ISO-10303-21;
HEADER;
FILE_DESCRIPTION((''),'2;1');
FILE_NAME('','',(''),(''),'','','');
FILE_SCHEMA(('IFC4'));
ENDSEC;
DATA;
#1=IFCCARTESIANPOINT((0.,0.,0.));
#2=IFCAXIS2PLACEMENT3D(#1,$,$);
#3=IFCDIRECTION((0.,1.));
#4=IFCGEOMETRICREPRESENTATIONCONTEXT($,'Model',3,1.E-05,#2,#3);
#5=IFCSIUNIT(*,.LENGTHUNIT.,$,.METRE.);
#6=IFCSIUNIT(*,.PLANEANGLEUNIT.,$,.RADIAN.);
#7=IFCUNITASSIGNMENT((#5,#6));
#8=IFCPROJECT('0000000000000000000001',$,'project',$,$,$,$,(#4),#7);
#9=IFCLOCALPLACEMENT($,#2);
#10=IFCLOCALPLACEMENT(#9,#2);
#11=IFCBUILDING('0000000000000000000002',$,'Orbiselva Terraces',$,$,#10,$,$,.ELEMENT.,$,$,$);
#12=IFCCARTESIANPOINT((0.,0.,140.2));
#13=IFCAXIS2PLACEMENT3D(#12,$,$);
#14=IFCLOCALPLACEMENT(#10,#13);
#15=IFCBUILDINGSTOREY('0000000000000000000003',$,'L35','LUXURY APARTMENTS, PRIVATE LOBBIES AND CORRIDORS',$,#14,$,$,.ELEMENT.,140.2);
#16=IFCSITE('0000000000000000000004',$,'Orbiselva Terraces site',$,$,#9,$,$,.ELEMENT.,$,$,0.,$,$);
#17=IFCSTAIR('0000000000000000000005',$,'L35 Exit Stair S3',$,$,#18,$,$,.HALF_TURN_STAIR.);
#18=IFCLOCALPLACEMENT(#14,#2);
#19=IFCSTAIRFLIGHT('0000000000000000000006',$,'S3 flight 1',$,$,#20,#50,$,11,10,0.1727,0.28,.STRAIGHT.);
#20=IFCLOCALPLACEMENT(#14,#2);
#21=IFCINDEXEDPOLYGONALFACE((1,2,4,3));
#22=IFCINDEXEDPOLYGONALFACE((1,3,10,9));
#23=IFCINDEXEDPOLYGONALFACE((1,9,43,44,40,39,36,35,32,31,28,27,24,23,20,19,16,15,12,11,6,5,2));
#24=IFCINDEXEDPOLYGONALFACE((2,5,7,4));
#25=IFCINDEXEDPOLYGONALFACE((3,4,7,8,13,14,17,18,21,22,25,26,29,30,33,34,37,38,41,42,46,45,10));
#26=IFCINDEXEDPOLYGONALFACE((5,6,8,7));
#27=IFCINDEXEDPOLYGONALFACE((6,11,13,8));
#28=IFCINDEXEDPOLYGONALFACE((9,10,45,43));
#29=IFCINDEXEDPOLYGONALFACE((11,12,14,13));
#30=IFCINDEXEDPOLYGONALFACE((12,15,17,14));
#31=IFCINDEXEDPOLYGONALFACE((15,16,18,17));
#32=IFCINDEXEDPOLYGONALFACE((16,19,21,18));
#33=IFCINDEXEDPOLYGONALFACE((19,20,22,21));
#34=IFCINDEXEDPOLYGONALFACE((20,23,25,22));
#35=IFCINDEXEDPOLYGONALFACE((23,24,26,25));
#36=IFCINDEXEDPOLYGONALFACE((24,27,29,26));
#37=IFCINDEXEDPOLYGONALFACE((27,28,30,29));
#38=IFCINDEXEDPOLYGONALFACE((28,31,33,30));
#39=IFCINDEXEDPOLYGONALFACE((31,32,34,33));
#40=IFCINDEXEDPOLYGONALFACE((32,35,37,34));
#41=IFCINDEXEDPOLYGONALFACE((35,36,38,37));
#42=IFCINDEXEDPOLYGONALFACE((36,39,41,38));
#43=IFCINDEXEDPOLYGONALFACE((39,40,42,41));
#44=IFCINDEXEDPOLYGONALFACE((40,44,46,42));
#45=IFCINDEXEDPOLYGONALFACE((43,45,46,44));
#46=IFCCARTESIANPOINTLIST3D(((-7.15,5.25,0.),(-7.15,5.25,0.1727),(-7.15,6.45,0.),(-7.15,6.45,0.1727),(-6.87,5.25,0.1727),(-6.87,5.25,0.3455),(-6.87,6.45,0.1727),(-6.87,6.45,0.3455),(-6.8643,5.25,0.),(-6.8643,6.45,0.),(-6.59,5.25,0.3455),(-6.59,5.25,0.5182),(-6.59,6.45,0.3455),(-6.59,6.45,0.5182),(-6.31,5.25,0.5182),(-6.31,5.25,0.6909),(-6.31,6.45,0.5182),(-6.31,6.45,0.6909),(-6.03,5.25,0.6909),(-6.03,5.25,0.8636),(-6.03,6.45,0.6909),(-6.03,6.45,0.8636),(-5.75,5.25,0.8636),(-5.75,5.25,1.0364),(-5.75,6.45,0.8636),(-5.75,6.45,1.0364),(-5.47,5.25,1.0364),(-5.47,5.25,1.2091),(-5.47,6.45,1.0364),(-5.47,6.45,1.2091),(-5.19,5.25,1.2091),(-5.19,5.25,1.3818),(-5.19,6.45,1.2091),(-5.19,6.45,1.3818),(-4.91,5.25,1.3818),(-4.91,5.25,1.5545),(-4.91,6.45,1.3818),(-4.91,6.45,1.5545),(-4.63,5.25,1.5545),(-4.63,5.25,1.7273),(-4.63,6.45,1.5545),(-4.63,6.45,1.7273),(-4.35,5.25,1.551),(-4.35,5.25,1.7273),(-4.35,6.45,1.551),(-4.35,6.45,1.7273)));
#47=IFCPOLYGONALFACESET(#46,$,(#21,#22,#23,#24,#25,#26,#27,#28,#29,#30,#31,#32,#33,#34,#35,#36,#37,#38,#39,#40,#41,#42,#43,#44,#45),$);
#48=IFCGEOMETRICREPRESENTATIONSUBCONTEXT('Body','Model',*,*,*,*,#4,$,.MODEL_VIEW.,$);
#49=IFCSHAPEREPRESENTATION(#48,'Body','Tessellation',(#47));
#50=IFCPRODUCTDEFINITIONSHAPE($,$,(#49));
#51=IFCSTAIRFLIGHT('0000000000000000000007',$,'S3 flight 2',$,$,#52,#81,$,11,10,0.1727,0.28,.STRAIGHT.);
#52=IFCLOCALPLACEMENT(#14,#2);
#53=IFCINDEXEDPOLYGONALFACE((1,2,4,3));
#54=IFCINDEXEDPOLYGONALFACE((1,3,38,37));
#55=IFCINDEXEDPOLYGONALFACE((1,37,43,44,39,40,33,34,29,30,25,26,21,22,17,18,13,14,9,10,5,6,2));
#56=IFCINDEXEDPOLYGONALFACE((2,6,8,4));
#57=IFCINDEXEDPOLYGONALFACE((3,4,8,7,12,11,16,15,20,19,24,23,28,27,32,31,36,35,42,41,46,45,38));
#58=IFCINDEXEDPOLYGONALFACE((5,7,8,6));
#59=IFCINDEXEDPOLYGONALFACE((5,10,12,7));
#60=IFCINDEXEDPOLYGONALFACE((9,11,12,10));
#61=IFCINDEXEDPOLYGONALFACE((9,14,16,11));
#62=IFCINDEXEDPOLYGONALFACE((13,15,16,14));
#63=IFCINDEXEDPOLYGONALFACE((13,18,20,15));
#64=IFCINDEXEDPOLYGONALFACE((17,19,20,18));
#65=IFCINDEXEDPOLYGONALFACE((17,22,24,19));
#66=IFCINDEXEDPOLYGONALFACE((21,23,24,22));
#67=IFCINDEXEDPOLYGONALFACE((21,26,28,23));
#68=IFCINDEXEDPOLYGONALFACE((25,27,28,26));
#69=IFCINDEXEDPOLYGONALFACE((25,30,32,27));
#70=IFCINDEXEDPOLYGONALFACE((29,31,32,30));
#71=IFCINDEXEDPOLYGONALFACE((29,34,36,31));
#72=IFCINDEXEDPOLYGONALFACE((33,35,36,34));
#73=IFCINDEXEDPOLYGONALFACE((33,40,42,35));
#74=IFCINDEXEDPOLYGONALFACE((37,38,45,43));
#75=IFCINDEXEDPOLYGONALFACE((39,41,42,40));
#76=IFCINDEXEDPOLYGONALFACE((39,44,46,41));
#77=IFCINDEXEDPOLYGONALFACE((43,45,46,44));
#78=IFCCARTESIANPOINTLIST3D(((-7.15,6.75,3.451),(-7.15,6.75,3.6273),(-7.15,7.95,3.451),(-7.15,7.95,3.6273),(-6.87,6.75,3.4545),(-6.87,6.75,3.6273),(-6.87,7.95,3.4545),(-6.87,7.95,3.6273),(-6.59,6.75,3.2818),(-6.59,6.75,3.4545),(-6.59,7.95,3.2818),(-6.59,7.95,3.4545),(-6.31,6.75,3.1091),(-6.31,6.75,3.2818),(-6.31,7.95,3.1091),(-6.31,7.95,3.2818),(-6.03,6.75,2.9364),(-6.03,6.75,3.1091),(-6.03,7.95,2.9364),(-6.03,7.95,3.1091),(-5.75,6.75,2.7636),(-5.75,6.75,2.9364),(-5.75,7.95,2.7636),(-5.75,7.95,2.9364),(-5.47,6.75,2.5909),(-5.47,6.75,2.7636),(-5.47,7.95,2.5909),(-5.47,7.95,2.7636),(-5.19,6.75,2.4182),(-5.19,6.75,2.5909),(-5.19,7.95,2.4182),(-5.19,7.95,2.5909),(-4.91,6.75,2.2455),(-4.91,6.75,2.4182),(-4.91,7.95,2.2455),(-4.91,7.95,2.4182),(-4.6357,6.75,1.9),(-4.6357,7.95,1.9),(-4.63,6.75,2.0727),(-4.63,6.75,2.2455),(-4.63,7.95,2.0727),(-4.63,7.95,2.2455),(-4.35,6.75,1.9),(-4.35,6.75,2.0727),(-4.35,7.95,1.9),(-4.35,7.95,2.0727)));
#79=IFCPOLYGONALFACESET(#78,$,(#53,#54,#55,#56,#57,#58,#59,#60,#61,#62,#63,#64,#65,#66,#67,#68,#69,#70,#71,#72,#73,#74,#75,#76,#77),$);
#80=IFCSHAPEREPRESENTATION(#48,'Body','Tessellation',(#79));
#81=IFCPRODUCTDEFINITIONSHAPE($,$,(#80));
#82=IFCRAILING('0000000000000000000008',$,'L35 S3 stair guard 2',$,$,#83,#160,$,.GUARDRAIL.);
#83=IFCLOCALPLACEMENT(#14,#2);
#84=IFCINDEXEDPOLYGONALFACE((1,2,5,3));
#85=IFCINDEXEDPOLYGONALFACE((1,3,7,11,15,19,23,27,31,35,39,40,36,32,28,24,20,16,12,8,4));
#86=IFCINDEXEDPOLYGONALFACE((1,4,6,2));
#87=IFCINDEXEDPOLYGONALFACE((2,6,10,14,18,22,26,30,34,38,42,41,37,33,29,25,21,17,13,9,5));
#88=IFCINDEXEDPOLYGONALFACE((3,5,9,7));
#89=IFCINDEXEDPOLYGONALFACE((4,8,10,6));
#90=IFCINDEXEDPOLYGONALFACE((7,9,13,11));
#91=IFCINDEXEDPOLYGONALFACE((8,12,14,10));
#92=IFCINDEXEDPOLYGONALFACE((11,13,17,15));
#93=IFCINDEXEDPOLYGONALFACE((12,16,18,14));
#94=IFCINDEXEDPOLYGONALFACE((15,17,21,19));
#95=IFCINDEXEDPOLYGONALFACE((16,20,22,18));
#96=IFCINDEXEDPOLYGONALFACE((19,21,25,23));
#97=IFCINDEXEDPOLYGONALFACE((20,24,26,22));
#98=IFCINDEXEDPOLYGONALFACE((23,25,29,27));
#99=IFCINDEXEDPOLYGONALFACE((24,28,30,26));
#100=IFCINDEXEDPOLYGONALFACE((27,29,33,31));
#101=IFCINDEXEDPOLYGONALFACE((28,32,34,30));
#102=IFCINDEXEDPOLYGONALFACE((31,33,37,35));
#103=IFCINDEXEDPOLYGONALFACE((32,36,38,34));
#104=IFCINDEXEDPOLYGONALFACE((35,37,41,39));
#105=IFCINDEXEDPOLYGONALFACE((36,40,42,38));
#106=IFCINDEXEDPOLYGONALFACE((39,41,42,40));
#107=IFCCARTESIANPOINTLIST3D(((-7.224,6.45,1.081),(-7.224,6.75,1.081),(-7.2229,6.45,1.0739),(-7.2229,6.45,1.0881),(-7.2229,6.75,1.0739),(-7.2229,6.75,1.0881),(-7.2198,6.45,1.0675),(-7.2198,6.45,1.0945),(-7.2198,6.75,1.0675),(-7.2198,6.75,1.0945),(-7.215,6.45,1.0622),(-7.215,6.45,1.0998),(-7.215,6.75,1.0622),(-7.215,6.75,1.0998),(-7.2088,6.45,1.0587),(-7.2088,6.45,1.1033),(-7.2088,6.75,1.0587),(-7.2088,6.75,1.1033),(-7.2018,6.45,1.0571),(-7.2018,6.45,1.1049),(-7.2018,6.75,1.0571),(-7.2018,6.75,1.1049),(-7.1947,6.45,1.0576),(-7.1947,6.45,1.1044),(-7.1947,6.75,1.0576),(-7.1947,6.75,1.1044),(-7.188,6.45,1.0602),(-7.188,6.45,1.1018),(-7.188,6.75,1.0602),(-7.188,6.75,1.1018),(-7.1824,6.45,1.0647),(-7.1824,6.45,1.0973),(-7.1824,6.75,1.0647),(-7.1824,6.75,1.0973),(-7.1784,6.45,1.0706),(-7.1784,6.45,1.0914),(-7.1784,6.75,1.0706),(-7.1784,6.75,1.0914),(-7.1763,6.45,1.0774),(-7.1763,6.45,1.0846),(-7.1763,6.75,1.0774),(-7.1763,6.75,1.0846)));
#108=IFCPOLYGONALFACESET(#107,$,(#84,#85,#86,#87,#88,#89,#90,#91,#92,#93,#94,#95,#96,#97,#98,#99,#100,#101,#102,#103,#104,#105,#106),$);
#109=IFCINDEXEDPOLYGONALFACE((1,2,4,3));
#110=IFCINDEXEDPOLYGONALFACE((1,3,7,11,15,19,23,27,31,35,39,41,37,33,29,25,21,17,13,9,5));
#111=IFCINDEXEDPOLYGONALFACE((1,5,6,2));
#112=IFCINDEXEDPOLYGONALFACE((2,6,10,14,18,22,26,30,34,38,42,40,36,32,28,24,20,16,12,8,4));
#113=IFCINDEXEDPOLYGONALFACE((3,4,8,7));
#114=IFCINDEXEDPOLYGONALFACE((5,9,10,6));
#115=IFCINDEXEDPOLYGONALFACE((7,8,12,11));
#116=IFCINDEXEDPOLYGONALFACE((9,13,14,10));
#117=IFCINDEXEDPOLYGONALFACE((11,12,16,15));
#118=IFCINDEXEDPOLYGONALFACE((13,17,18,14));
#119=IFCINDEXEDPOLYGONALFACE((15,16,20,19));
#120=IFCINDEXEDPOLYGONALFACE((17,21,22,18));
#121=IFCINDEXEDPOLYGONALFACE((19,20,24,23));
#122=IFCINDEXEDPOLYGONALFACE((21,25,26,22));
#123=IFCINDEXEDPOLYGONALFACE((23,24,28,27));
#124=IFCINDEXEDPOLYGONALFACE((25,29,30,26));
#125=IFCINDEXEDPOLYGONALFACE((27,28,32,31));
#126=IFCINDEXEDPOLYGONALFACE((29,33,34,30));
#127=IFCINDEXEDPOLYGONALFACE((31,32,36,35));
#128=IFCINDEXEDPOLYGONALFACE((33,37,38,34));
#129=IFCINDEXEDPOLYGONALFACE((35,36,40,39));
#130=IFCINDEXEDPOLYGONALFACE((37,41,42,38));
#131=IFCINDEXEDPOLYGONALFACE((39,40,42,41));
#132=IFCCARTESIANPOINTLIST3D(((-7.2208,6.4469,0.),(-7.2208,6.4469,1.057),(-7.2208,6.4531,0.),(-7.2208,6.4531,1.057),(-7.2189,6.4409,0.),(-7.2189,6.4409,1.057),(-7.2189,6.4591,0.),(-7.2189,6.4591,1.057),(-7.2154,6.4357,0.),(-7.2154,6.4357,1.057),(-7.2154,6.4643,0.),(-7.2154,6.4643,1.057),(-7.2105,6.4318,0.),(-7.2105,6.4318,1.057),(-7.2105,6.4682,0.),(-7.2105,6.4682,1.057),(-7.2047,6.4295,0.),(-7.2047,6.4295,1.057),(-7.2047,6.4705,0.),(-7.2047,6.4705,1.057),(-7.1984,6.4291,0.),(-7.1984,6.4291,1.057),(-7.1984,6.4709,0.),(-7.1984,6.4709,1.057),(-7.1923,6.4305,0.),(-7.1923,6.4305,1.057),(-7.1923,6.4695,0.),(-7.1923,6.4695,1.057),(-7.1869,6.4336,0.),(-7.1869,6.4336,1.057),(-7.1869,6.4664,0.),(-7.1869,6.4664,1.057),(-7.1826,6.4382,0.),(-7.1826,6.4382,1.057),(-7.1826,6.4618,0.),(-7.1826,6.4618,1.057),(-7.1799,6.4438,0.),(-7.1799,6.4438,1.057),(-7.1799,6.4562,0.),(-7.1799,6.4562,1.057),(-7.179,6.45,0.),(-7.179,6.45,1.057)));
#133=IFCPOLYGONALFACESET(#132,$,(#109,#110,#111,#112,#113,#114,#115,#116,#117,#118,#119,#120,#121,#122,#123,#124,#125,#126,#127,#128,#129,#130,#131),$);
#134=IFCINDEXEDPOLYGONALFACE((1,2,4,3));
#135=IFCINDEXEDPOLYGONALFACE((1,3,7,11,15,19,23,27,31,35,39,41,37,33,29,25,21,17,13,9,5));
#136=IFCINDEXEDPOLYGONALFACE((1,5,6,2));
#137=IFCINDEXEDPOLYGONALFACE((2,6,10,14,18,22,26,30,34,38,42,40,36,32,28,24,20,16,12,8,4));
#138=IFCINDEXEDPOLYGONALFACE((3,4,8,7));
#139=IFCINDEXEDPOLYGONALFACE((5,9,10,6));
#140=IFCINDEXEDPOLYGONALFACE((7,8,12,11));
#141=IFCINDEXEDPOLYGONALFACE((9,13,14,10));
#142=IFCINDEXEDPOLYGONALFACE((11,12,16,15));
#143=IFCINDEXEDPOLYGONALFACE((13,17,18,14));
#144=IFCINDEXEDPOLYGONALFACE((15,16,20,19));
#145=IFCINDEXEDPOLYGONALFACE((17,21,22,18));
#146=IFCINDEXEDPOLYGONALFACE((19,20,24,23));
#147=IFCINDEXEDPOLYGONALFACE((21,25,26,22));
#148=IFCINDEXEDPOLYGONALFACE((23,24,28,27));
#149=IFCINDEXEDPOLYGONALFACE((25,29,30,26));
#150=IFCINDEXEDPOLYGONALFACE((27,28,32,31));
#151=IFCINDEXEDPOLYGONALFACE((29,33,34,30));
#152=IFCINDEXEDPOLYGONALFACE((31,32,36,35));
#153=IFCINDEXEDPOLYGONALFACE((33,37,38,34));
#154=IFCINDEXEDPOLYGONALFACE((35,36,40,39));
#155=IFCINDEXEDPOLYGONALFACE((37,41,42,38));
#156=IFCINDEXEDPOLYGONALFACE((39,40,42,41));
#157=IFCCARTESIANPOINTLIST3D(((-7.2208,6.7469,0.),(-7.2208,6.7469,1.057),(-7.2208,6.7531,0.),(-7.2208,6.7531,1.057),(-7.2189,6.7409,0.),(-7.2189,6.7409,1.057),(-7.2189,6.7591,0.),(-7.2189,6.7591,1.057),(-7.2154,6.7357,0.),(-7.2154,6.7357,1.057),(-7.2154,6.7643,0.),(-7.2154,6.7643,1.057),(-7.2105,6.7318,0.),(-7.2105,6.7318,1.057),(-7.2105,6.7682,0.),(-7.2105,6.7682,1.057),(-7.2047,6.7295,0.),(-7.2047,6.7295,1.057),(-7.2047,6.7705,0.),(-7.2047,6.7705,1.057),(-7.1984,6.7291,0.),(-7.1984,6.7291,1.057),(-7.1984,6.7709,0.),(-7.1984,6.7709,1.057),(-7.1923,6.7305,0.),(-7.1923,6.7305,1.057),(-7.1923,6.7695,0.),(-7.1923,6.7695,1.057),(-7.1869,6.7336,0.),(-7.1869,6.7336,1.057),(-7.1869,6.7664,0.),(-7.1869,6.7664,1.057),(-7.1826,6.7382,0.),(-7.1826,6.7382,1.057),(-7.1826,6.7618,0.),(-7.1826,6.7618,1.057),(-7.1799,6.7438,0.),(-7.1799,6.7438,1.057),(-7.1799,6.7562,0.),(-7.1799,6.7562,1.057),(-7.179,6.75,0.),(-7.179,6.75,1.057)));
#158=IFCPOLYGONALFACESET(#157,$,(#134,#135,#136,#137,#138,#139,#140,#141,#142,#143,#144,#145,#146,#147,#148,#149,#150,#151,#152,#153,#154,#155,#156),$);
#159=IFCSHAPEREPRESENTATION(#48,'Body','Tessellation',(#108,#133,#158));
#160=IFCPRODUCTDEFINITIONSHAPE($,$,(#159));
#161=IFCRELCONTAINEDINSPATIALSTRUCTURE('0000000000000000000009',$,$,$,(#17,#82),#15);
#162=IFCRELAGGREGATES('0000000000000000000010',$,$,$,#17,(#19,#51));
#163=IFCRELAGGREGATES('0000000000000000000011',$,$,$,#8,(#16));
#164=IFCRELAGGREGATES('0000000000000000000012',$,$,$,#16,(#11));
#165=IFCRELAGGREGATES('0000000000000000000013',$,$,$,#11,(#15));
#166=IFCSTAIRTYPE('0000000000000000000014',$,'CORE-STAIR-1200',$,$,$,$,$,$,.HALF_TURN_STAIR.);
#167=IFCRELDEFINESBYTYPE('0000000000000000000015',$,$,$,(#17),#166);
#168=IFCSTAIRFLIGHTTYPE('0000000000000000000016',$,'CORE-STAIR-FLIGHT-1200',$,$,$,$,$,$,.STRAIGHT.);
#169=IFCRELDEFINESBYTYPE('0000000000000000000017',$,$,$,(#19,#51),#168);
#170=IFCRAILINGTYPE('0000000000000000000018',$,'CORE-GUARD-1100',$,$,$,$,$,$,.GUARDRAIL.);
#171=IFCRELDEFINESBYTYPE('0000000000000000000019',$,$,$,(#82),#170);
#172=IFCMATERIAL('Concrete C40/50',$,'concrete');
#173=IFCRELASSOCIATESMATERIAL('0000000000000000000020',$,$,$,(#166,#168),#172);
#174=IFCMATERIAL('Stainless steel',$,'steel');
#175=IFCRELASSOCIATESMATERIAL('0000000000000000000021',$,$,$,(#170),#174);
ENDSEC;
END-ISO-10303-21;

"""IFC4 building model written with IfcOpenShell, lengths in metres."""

from ifc_helpers import new_model, si_unit, direction, frame, origin, origin_2d, place, context, subcontext, project, spatial, polyline, circle, outline, extrude, material, type_object, element, aggregate, save


model = new_model("IFC4")

# Units and contexts
model_context = context("Model", 3, precision=1e-05, world=origin(), true_north=direction((0.0, 1.0)))
body_context = subcontext(model_context, "Body", "Model", "MODEL_VIEW")
ifc_project = project(units=[si_unit("LENGTHUNIT", "METRE"), si_unit("PLANEANGLEUNIT", "RADIAN")], contexts=[model_context])

# Site, building, storey
site_placement = place(None, origin())
site = spatial("IfcSite", under=ifc_project, at=site_placement, Name="Orbiselva Terraces site", CompositionType="ELEMENT", RefElevation=0.0)
building_placement = place(site_placement, origin())
building = spatial("IfcBuilding", under=site, at=building_placement, Name="Orbiselva Terraces", CompositionType="ELEMENT")
storey_placement = place(building_placement, frame((0.0, 0.0, 140.2)))
storey = spatial("IfcBuildingStorey", under=building, at=storey_placement, Name="L35", Description="LUXURY APARTMENTS, PRIVATE LOBBIES AND CORRIDORS", CompositionType="ELEMENT", Elevation=140.2)

# Stair, stair flights
ifc_material_1 = material(Name="Concrete C40/50", Category="concrete")
stair_type = type_object("IfcStairType", Name="CORE-STAIR-1200", PredefinedType="HALF_TURN_STAIR", material=ifc_material_1)
stair_placement = place(storey_placement, origin())
stair = element("IfcStair", 1, at=stair_placement, inside=storey, type_object=stair_type, Name="L35 Exit Stair S3", PredefinedType="HALF_TURN_STAIR")
stair_flight_type = type_object("IfcStairFlightType", Name="CORE-STAIR-FLIGHT-1200", PredefinedType="STRAIGHT", material=ifc_material_1)
stair_flight_1_placement = place(storey_placement, frame((-7.15, 5.85, 0.0), z_axis=(0.0, 0.0, 1.0), x_axis=(1.0, 0.0, 0.0)))
stair_flight_1 = element("IfcStairFlight", 2, at=stair_flight_1_placement, type_object=stair_flight_type, Name="S3 flight 1", NumberOfRisers=11, NumberOfTreads=10, PredefinedType="STRAIGHT", RiserHeight=0.1727, TreadLength=0.28, context=body_context, shape_type="SweptSolid", body=[
    extrude(outline(polyline([(0.0, 0.0), (0.0, 0.1727), (0.28, 0.1727), (0.28, 0.3455), (0.56, 0.3455), (0.56, 0.5182), (0.84, 0.5182), (0.84, 0.6909), (1.12, 0.6909), (1.12, 0.8636), (1.4, 0.8636), (1.4, 1.0364), (1.68, 1.0364), (1.68, 1.2091), (1.96, 1.2091), (1.96, 1.3818), (2.24, 1.3818), (2.24, 1.5545), (2.52, 1.5545), (2.52, 1.7273), (2.8, 1.7273), (2.8, 1.9), (2.8, 1.551), (0.2857, 0.0), (0.0, 0.0)])), frame((0.0, 0.6, 0.0), z_axis=(0.0, -1.0, 0.0), x_axis=(1.0, 0.0, 0.0)), (0.0, 0.0, 1.0), 1.2),
])
stair_flight_2_placement = place(storey_placement, frame((-4.35, 7.35, 1.9), z_axis=(0.0, 0.0, 1.0), x_axis=(-1.0, 0.0, 0.0)))
stair_flight_2 = element("IfcStairFlight", 3, at=stair_flight_2_placement, type_object=stair_flight_type, Name="S3 flight 2", NumberOfRisers=11, NumberOfTreads=10, PredefinedType="STRAIGHT", RiserHeight=0.1727, TreadLength=0.28, context=body_context, shape_type="SweptSolid", body=[
    extrude(outline(polyline([(0.0, 0.0), (0.0, 0.1727), (0.28, 0.1727), (0.28, 0.3455), (0.56, 0.3455), (0.56, 0.5182), (0.84, 0.5182), (0.84, 0.6909), (1.12, 0.6909), (1.12, 0.8636), (1.4, 0.8636), (1.4, 1.0364), (1.68, 1.0364), (1.68, 1.2091), (1.96, 1.2091), (1.96, 1.3818), (2.24, 1.3818), (2.24, 1.5545), (2.52, 1.5545), (2.52, 1.7273), (2.8, 1.7273), (2.8, 1.9), (2.8, 1.551), (0.2857, 0.0), (0.0, 0.0)])), frame((0.0, 0.6, 0.0), z_axis=(0.0, -1.0, 0.0), x_axis=(1.0, 0.0, 0.0)), (0.0, 0.0, 1.0), 1.2),
])
aggregate(stair, [stair_flight_1, stair_flight_2])

# Railing
ifc_material_2 = material(Name="Stainless steel", Category="steel")
railing_type_1 = type_object("IfcRailingType", Name="CORE-GUARD-1100", PredefinedType="GUARDRAIL", material=ifc_material_2)
railing_1_placement = place(storey_placement, frame((-7.2, 6.45, 0.0)))
element("IfcRailing", 4, at=railing_1_placement, inside=storey, type_object=railing_type_1, Name="L35 S3 stair guard 2", PredefinedType="GUARDRAIL", context=body_context, shape_type="SweptSolid", body=[
    extrude(circle(Radius=0.024, at=origin_2d()), frame((0.0, 0.0, 1.081), z_axis=(0.0, 1.0, 0.0), x_axis=(-1.0, 0.0, 0.0)), (0.0, 0.0, 1.0), 0.3),
    extrude(circle(Radius=0.021, at=origin_2d()), origin(), (0.0, 0.0, 1.0), 1.057),
    extrude(circle(Radius=0.021, at=origin_2d()), frame((0.0, 0.3, 0.0)), (0.0, 0.0, 1.0), 1.057),
])

save(model, "model.ifc")
